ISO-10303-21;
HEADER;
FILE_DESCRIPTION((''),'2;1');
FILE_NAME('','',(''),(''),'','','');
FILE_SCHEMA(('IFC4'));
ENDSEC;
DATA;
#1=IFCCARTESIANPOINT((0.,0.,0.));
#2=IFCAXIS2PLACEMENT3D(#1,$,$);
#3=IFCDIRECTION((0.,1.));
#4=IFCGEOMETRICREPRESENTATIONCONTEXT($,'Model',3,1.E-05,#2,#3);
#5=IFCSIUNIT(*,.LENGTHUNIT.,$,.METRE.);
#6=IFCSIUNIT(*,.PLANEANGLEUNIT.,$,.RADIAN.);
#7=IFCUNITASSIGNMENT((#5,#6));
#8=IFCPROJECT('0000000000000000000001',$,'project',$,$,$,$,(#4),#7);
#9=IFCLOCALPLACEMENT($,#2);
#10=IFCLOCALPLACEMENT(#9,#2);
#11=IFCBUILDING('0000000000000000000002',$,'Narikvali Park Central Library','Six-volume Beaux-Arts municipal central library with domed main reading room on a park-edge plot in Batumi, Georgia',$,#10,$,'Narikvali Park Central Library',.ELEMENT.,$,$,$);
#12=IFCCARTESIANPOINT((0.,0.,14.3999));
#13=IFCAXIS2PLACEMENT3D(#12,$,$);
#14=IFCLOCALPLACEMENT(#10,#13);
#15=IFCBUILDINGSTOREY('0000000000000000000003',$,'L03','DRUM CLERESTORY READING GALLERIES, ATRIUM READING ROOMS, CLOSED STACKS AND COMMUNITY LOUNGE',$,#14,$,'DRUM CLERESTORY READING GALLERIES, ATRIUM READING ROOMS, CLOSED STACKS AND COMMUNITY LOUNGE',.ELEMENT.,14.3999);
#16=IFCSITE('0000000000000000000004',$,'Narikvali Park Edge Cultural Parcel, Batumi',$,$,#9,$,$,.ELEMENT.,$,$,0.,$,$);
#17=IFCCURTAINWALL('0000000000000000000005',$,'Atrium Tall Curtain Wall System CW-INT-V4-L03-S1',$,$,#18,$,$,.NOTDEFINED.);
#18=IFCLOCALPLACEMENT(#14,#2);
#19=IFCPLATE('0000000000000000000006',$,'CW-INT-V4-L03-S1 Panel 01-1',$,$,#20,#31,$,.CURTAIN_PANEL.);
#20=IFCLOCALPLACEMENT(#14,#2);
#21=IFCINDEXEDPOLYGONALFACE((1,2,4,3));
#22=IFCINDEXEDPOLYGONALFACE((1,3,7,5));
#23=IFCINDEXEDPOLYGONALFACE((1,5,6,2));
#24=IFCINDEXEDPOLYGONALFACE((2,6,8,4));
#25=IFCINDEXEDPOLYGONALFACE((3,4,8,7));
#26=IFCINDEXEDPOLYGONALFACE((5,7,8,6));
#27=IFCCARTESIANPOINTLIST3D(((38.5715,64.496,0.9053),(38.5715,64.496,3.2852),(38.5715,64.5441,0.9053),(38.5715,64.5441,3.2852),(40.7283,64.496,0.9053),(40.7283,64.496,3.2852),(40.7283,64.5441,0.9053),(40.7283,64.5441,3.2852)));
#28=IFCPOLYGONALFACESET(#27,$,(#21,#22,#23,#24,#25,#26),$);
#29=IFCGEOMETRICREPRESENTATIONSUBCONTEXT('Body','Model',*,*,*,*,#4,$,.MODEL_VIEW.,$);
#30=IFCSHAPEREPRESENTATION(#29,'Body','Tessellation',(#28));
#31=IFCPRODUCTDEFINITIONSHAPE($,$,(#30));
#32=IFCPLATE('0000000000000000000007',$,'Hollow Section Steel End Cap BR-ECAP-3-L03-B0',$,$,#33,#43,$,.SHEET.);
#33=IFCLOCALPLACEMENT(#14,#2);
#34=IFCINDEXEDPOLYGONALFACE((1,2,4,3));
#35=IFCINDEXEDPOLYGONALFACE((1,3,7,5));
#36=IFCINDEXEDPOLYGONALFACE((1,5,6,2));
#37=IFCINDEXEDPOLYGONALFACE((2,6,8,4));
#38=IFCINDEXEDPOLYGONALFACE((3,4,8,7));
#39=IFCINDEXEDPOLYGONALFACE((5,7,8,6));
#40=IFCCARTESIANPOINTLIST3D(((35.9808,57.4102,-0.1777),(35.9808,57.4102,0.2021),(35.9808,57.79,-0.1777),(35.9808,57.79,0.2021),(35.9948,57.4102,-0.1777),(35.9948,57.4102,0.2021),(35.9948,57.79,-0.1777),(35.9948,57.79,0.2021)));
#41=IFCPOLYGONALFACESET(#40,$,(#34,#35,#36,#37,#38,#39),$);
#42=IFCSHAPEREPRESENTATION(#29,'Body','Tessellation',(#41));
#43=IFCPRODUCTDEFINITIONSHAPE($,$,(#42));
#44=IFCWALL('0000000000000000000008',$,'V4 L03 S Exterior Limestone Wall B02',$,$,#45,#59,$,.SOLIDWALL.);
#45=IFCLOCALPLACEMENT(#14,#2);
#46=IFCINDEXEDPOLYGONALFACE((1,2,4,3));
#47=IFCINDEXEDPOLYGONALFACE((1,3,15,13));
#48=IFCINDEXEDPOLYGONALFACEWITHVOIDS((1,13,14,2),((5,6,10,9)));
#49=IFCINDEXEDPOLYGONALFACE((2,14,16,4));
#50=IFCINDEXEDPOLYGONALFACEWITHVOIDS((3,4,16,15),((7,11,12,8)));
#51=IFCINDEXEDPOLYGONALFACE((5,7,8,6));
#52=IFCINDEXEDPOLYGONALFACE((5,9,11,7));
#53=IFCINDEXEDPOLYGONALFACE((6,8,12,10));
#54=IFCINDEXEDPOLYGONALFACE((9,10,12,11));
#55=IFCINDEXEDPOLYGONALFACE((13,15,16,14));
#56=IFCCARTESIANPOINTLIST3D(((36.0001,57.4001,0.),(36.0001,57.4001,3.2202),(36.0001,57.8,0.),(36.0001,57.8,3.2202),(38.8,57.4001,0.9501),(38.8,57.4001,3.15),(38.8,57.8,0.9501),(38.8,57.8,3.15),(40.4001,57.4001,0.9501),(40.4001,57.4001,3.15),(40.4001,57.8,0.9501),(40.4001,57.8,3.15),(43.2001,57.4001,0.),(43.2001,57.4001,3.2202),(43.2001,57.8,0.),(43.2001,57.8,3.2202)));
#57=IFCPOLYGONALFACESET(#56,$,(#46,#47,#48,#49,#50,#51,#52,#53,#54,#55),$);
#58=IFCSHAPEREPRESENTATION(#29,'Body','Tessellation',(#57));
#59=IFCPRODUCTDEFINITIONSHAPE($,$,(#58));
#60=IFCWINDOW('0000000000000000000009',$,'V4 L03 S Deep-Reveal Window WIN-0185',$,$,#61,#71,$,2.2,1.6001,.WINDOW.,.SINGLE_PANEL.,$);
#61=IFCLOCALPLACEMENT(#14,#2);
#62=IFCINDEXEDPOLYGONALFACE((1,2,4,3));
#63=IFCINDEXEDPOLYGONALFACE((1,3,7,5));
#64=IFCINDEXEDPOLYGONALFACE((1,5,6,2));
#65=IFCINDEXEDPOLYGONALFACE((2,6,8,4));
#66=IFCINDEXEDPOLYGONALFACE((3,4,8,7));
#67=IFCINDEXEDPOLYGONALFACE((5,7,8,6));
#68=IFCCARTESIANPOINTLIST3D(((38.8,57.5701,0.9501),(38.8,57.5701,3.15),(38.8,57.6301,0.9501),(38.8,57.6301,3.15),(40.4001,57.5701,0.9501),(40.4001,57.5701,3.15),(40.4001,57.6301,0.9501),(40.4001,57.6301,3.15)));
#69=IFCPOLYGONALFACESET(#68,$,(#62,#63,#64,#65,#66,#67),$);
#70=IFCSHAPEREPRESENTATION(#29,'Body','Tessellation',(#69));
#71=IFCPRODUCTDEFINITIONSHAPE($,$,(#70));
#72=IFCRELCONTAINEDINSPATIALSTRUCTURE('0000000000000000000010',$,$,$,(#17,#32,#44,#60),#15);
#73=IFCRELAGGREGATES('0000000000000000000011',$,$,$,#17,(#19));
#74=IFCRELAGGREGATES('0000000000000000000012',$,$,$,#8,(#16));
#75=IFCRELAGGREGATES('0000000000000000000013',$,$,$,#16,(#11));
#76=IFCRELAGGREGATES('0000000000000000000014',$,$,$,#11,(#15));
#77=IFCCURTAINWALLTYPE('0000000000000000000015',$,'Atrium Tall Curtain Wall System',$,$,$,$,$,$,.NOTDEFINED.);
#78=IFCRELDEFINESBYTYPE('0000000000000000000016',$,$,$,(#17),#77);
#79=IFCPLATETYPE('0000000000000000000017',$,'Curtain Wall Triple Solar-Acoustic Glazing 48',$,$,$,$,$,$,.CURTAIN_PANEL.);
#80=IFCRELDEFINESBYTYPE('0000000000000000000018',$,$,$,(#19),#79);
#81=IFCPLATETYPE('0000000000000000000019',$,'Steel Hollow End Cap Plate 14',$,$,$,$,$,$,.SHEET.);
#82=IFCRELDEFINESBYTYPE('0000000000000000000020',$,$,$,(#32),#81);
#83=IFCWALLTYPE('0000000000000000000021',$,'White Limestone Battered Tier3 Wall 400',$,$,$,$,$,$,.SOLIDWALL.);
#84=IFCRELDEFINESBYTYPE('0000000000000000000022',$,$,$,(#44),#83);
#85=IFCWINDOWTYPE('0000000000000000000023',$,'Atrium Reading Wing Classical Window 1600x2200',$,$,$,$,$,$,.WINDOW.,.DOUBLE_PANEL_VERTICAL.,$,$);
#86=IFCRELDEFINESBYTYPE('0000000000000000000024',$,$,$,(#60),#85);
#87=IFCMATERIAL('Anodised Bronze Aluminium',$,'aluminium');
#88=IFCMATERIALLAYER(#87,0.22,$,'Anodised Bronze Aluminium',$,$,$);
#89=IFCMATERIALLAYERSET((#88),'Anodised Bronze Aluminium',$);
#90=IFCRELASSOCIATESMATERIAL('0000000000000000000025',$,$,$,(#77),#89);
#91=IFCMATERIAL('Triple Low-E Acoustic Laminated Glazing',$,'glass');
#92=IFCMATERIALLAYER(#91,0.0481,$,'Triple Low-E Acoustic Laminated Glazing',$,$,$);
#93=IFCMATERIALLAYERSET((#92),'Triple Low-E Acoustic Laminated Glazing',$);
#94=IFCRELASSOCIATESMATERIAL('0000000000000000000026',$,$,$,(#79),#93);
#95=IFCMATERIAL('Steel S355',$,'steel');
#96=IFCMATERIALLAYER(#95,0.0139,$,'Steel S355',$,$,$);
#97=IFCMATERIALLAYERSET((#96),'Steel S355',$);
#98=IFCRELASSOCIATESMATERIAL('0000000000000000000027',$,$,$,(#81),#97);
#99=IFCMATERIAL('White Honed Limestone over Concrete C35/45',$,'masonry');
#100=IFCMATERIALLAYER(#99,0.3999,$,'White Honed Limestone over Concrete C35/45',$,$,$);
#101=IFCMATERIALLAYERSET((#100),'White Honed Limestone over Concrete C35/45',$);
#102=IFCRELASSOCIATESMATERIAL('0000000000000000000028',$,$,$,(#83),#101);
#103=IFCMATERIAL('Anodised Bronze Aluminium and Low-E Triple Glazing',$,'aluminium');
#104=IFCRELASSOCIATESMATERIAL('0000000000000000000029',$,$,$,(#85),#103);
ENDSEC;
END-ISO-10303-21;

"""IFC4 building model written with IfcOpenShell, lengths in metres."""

from ifc_helpers import new_model, si_unit, direction, frame, frame_2d, origin, origin_2d, place, context, subcontext, project, spatial, rectangle, extrude, material, layer, layer_set, type_object, element, fill, aggregate, save


model = new_model("IFC4")

# Units and contexts
model_context = context("Model", 3, precision=1e-05, world=origin(), true_north=direction((0.0, 1.0)))
body_context = subcontext(model_context, "Body", "Model", "MODEL_VIEW")
ifc_project = project(units=[si_unit("LENGTHUNIT", "METRE"), si_unit("PLANEANGLEUNIT", "RADIAN")], contexts=[model_context])

# Site, building, storey
site_placement = place(None, origin())
site = spatial("IfcSite", under=ifc_project, at=site_placement, Name="Narikvali Park Edge Cultural Parcel, Batumi", CompositionType="ELEMENT", RefElevation=0.0)
building_placement = place(site_placement, origin())
building = spatial("IfcBuilding", under=site, at=building_placement, Name="Narikvali Park Central Library", Description="Six-volume Beaux-Arts municipal central library with domed main reading room on a park-edge plot in Batumi, Georgia", LongName="Narikvali Park Central Library", CompositionType="ELEMENT")
storey_placement = place(building_placement, frame((0.0, 0.0, 14.3999)))
storey = spatial("IfcBuildingStorey", under=building, at=storey_placement, Name="L03", Description="DRUM CLERESTORY READING GALLERIES, ATRIUM READING ROOMS, CLOSED STACKS AND COMMUNITY LOUNGE", LongName="DRUM CLERESTORY READING GALLERIES, ATRIUM READING ROOMS, CLOSED STACKS AND COMMUNITY LOUNGE", CompositionType="ELEMENT", Elevation=14.3999)

# Shared definitions
ifc_material_1 = material(Name="Steel S355", Category="steel")

# Curtain wall
ifc_material_2 = material(Name="Anodised Bronze Aluminium", Category="aluminium")
ifc_layer_1 = layer(ifc_material_2, 0.22, Name="Anodised Bronze Aluminium")
ifc_layer_set_1 = layer_set([ifc_layer_1], Name="Anodised Bronze Aluminium")
curtain_wall_type = type_object("IfcCurtainWallType", Name="Atrium Tall Curtain Wall System", PredefinedType="NOTDEFINED", material=ifc_layer_set_1)
curtain_wall_1_placement = place(storey_placement, origin())
curtain_wall_1 = element("IfcCurtainWall", 1, at=curtain_wall_1_placement, inside=storey, type_object=curtain_wall_type, Name="Atrium Tall Curtain Wall System CW-INT-V4-L03-S1", PredefinedType="NOTDEFINED")

# Plates
ifc_material_3 = material(Name="Triple Low-E Acoustic Laminated Glazing", Category="glass")
ifc_layer_2 = layer(ifc_material_3, 0.0481, Name="Triple Low-E Acoustic Laminated Glazing")
ifc_layer_set_2 = layer_set([ifc_layer_2], Name="Triple Low-E Acoustic Laminated Glazing")
plate_type_1 = type_object("IfcPlateType", Name="Curtain Wall Triple Solar-Acoustic Glazing 48", PredefinedType="CURTAIN_PANEL", material=ifc_layer_set_2)
plate_1_placement = place(storey_placement, frame((39.6499, 64.52, 0.9053), z_axis=(0.0, 0.0, 1.0), x_axis=(1.0, 0.0, 0.0)))
plate_1 = element("IfcPlate", 2, at=plate_1_placement, type_object=plate_type_1, Name="CW-INT-V4-L03-S1 Panel 01-1", PredefinedType="CURTAIN_PANEL", context=body_context, shape_type="SweptSolid", body=[
    extrude(rectangle(XDim=2.1567, YDim=0.0481, at=origin_2d()), origin(), (0.0, 0.0, 1.0), 2.3799),
])
aggregate(curtain_wall_1, [plate_1])
ifc_layer_3 = layer(ifc_material_1, 0.0139, Name="Steel S355")
ifc_layer_set_3 = layer_set([ifc_layer_3], Name="Steel S355")
plate_type_2 = type_object("IfcPlateType", Name="Steel Hollow End Cap Plate 14", PredefinedType="SHEET", material=ifc_layer_set_3)
plate_2_placement = place(storey_placement, frame((35.9878, 57.6001, -0.1777), z_axis=(0.0, 0.0, 1.0), x_axis=(1.0, 0.0, 0.0)))
element("IfcPlate", 3, at=plate_2_placement, inside=storey, type_object=plate_type_2, Name="Hollow Section Steel End Cap BR-ECAP-3-L03-B0", PredefinedType="SHEET", context=body_context, shape_type="SweptSolid", body=[
    extrude(rectangle(XDim=0.0139, YDim=0.3799, at=origin_2d()), origin(), (0.0, 0.0, 1.0), 0.3799),
])

# Wall, opening, window
ifc_material_4 = material(Name="White Honed Limestone over Concrete C35/45", Category="masonry")
ifc_layer_4 = layer(ifc_material_4, 0.3999, Name="White Honed Limestone over Concrete C35/45")
ifc_layer_set_4 = layer_set([ifc_layer_4], Name="White Honed Limestone over Concrete C35/45")
wall_type = type_object("IfcWallType", Name="White Limestone Battered Tier3 Wall 400", PredefinedType="SOLIDWALL", material=ifc_layer_set_4)
wall_placement = place(storey_placement, frame((36.0, 57.6001, 0.0), z_axis=(0.0, 0.0, 1.0), x_axis=(1.0, 0.0, 0.0)))
wall = element("IfcWall", 4, at=wall_placement, inside=storey, type_object=wall_type, Name="V4 L03 S Exterior Limestone Wall B02", PredefinedType="SOLIDWALL", context=body_context, shape_type="SweptSolid", body=[
    extrude(rectangle(XDim=7.2, YDim=0.3999, at=frame_2d((3.6001, 0.0))), origin(), (0.0, 0.0, 1.0), 3.2202),
])
opening_placement = place(wall_placement, frame((2.8, 0.0, 0.95)))
opening = element("IfcOpeningElement", 5, at=opening_placement, cuts=wall, PredefinedType="OPENING", context=body_context, shape_type="SweptSolid", body=[
    extrude(rectangle(XDim=1.6001, YDim=2.2, at=frame_2d((0.8, 1.1001))), frame((0.0, 0.2119, 0.0), z_axis=(0.0, -1.0, 0.0), x_axis=(1.0, 0.0, 0.0)), (0.0, 0.0, 1.0), 0.4238),
])
ifc_material_5 = material(Name="Anodised Bronze Aluminium and Low-E Triple Glazing", Category="aluminium")
window_type = type_object("IfcWindowType", Name="Atrium Reading Wing Classical Window 1600x2200", PartitioningType="DOUBLE_PANEL_VERTICAL", PredefinedType="WINDOW", material=ifc_material_5)
window_placement = place(opening_placement, origin())
window = element("IfcWindow", 6, at=window_placement, inside=storey, type_object=window_type, Name="V4 L03 S Deep-Reveal Window WIN-0185", OverallHeight=2.2, OverallWidth=1.6001, PartitioningType="SINGLE_PANEL", PredefinedType="WINDOW", context=body_context, shape_type="SweptSolid", body=[
    extrude(rectangle(XDim=1.6001, YDim=2.2, at=frame_2d((0.8, 1.1001))), frame((0.0, 0.03, 0.0), z_axis=(0.0, -1.0, 0.0), x_axis=(1.0, 0.0, 0.0)), (0.0, 0.0, 1.0), 0.0601),
])
fill(opening, window)

save(model, "model.ifc")
